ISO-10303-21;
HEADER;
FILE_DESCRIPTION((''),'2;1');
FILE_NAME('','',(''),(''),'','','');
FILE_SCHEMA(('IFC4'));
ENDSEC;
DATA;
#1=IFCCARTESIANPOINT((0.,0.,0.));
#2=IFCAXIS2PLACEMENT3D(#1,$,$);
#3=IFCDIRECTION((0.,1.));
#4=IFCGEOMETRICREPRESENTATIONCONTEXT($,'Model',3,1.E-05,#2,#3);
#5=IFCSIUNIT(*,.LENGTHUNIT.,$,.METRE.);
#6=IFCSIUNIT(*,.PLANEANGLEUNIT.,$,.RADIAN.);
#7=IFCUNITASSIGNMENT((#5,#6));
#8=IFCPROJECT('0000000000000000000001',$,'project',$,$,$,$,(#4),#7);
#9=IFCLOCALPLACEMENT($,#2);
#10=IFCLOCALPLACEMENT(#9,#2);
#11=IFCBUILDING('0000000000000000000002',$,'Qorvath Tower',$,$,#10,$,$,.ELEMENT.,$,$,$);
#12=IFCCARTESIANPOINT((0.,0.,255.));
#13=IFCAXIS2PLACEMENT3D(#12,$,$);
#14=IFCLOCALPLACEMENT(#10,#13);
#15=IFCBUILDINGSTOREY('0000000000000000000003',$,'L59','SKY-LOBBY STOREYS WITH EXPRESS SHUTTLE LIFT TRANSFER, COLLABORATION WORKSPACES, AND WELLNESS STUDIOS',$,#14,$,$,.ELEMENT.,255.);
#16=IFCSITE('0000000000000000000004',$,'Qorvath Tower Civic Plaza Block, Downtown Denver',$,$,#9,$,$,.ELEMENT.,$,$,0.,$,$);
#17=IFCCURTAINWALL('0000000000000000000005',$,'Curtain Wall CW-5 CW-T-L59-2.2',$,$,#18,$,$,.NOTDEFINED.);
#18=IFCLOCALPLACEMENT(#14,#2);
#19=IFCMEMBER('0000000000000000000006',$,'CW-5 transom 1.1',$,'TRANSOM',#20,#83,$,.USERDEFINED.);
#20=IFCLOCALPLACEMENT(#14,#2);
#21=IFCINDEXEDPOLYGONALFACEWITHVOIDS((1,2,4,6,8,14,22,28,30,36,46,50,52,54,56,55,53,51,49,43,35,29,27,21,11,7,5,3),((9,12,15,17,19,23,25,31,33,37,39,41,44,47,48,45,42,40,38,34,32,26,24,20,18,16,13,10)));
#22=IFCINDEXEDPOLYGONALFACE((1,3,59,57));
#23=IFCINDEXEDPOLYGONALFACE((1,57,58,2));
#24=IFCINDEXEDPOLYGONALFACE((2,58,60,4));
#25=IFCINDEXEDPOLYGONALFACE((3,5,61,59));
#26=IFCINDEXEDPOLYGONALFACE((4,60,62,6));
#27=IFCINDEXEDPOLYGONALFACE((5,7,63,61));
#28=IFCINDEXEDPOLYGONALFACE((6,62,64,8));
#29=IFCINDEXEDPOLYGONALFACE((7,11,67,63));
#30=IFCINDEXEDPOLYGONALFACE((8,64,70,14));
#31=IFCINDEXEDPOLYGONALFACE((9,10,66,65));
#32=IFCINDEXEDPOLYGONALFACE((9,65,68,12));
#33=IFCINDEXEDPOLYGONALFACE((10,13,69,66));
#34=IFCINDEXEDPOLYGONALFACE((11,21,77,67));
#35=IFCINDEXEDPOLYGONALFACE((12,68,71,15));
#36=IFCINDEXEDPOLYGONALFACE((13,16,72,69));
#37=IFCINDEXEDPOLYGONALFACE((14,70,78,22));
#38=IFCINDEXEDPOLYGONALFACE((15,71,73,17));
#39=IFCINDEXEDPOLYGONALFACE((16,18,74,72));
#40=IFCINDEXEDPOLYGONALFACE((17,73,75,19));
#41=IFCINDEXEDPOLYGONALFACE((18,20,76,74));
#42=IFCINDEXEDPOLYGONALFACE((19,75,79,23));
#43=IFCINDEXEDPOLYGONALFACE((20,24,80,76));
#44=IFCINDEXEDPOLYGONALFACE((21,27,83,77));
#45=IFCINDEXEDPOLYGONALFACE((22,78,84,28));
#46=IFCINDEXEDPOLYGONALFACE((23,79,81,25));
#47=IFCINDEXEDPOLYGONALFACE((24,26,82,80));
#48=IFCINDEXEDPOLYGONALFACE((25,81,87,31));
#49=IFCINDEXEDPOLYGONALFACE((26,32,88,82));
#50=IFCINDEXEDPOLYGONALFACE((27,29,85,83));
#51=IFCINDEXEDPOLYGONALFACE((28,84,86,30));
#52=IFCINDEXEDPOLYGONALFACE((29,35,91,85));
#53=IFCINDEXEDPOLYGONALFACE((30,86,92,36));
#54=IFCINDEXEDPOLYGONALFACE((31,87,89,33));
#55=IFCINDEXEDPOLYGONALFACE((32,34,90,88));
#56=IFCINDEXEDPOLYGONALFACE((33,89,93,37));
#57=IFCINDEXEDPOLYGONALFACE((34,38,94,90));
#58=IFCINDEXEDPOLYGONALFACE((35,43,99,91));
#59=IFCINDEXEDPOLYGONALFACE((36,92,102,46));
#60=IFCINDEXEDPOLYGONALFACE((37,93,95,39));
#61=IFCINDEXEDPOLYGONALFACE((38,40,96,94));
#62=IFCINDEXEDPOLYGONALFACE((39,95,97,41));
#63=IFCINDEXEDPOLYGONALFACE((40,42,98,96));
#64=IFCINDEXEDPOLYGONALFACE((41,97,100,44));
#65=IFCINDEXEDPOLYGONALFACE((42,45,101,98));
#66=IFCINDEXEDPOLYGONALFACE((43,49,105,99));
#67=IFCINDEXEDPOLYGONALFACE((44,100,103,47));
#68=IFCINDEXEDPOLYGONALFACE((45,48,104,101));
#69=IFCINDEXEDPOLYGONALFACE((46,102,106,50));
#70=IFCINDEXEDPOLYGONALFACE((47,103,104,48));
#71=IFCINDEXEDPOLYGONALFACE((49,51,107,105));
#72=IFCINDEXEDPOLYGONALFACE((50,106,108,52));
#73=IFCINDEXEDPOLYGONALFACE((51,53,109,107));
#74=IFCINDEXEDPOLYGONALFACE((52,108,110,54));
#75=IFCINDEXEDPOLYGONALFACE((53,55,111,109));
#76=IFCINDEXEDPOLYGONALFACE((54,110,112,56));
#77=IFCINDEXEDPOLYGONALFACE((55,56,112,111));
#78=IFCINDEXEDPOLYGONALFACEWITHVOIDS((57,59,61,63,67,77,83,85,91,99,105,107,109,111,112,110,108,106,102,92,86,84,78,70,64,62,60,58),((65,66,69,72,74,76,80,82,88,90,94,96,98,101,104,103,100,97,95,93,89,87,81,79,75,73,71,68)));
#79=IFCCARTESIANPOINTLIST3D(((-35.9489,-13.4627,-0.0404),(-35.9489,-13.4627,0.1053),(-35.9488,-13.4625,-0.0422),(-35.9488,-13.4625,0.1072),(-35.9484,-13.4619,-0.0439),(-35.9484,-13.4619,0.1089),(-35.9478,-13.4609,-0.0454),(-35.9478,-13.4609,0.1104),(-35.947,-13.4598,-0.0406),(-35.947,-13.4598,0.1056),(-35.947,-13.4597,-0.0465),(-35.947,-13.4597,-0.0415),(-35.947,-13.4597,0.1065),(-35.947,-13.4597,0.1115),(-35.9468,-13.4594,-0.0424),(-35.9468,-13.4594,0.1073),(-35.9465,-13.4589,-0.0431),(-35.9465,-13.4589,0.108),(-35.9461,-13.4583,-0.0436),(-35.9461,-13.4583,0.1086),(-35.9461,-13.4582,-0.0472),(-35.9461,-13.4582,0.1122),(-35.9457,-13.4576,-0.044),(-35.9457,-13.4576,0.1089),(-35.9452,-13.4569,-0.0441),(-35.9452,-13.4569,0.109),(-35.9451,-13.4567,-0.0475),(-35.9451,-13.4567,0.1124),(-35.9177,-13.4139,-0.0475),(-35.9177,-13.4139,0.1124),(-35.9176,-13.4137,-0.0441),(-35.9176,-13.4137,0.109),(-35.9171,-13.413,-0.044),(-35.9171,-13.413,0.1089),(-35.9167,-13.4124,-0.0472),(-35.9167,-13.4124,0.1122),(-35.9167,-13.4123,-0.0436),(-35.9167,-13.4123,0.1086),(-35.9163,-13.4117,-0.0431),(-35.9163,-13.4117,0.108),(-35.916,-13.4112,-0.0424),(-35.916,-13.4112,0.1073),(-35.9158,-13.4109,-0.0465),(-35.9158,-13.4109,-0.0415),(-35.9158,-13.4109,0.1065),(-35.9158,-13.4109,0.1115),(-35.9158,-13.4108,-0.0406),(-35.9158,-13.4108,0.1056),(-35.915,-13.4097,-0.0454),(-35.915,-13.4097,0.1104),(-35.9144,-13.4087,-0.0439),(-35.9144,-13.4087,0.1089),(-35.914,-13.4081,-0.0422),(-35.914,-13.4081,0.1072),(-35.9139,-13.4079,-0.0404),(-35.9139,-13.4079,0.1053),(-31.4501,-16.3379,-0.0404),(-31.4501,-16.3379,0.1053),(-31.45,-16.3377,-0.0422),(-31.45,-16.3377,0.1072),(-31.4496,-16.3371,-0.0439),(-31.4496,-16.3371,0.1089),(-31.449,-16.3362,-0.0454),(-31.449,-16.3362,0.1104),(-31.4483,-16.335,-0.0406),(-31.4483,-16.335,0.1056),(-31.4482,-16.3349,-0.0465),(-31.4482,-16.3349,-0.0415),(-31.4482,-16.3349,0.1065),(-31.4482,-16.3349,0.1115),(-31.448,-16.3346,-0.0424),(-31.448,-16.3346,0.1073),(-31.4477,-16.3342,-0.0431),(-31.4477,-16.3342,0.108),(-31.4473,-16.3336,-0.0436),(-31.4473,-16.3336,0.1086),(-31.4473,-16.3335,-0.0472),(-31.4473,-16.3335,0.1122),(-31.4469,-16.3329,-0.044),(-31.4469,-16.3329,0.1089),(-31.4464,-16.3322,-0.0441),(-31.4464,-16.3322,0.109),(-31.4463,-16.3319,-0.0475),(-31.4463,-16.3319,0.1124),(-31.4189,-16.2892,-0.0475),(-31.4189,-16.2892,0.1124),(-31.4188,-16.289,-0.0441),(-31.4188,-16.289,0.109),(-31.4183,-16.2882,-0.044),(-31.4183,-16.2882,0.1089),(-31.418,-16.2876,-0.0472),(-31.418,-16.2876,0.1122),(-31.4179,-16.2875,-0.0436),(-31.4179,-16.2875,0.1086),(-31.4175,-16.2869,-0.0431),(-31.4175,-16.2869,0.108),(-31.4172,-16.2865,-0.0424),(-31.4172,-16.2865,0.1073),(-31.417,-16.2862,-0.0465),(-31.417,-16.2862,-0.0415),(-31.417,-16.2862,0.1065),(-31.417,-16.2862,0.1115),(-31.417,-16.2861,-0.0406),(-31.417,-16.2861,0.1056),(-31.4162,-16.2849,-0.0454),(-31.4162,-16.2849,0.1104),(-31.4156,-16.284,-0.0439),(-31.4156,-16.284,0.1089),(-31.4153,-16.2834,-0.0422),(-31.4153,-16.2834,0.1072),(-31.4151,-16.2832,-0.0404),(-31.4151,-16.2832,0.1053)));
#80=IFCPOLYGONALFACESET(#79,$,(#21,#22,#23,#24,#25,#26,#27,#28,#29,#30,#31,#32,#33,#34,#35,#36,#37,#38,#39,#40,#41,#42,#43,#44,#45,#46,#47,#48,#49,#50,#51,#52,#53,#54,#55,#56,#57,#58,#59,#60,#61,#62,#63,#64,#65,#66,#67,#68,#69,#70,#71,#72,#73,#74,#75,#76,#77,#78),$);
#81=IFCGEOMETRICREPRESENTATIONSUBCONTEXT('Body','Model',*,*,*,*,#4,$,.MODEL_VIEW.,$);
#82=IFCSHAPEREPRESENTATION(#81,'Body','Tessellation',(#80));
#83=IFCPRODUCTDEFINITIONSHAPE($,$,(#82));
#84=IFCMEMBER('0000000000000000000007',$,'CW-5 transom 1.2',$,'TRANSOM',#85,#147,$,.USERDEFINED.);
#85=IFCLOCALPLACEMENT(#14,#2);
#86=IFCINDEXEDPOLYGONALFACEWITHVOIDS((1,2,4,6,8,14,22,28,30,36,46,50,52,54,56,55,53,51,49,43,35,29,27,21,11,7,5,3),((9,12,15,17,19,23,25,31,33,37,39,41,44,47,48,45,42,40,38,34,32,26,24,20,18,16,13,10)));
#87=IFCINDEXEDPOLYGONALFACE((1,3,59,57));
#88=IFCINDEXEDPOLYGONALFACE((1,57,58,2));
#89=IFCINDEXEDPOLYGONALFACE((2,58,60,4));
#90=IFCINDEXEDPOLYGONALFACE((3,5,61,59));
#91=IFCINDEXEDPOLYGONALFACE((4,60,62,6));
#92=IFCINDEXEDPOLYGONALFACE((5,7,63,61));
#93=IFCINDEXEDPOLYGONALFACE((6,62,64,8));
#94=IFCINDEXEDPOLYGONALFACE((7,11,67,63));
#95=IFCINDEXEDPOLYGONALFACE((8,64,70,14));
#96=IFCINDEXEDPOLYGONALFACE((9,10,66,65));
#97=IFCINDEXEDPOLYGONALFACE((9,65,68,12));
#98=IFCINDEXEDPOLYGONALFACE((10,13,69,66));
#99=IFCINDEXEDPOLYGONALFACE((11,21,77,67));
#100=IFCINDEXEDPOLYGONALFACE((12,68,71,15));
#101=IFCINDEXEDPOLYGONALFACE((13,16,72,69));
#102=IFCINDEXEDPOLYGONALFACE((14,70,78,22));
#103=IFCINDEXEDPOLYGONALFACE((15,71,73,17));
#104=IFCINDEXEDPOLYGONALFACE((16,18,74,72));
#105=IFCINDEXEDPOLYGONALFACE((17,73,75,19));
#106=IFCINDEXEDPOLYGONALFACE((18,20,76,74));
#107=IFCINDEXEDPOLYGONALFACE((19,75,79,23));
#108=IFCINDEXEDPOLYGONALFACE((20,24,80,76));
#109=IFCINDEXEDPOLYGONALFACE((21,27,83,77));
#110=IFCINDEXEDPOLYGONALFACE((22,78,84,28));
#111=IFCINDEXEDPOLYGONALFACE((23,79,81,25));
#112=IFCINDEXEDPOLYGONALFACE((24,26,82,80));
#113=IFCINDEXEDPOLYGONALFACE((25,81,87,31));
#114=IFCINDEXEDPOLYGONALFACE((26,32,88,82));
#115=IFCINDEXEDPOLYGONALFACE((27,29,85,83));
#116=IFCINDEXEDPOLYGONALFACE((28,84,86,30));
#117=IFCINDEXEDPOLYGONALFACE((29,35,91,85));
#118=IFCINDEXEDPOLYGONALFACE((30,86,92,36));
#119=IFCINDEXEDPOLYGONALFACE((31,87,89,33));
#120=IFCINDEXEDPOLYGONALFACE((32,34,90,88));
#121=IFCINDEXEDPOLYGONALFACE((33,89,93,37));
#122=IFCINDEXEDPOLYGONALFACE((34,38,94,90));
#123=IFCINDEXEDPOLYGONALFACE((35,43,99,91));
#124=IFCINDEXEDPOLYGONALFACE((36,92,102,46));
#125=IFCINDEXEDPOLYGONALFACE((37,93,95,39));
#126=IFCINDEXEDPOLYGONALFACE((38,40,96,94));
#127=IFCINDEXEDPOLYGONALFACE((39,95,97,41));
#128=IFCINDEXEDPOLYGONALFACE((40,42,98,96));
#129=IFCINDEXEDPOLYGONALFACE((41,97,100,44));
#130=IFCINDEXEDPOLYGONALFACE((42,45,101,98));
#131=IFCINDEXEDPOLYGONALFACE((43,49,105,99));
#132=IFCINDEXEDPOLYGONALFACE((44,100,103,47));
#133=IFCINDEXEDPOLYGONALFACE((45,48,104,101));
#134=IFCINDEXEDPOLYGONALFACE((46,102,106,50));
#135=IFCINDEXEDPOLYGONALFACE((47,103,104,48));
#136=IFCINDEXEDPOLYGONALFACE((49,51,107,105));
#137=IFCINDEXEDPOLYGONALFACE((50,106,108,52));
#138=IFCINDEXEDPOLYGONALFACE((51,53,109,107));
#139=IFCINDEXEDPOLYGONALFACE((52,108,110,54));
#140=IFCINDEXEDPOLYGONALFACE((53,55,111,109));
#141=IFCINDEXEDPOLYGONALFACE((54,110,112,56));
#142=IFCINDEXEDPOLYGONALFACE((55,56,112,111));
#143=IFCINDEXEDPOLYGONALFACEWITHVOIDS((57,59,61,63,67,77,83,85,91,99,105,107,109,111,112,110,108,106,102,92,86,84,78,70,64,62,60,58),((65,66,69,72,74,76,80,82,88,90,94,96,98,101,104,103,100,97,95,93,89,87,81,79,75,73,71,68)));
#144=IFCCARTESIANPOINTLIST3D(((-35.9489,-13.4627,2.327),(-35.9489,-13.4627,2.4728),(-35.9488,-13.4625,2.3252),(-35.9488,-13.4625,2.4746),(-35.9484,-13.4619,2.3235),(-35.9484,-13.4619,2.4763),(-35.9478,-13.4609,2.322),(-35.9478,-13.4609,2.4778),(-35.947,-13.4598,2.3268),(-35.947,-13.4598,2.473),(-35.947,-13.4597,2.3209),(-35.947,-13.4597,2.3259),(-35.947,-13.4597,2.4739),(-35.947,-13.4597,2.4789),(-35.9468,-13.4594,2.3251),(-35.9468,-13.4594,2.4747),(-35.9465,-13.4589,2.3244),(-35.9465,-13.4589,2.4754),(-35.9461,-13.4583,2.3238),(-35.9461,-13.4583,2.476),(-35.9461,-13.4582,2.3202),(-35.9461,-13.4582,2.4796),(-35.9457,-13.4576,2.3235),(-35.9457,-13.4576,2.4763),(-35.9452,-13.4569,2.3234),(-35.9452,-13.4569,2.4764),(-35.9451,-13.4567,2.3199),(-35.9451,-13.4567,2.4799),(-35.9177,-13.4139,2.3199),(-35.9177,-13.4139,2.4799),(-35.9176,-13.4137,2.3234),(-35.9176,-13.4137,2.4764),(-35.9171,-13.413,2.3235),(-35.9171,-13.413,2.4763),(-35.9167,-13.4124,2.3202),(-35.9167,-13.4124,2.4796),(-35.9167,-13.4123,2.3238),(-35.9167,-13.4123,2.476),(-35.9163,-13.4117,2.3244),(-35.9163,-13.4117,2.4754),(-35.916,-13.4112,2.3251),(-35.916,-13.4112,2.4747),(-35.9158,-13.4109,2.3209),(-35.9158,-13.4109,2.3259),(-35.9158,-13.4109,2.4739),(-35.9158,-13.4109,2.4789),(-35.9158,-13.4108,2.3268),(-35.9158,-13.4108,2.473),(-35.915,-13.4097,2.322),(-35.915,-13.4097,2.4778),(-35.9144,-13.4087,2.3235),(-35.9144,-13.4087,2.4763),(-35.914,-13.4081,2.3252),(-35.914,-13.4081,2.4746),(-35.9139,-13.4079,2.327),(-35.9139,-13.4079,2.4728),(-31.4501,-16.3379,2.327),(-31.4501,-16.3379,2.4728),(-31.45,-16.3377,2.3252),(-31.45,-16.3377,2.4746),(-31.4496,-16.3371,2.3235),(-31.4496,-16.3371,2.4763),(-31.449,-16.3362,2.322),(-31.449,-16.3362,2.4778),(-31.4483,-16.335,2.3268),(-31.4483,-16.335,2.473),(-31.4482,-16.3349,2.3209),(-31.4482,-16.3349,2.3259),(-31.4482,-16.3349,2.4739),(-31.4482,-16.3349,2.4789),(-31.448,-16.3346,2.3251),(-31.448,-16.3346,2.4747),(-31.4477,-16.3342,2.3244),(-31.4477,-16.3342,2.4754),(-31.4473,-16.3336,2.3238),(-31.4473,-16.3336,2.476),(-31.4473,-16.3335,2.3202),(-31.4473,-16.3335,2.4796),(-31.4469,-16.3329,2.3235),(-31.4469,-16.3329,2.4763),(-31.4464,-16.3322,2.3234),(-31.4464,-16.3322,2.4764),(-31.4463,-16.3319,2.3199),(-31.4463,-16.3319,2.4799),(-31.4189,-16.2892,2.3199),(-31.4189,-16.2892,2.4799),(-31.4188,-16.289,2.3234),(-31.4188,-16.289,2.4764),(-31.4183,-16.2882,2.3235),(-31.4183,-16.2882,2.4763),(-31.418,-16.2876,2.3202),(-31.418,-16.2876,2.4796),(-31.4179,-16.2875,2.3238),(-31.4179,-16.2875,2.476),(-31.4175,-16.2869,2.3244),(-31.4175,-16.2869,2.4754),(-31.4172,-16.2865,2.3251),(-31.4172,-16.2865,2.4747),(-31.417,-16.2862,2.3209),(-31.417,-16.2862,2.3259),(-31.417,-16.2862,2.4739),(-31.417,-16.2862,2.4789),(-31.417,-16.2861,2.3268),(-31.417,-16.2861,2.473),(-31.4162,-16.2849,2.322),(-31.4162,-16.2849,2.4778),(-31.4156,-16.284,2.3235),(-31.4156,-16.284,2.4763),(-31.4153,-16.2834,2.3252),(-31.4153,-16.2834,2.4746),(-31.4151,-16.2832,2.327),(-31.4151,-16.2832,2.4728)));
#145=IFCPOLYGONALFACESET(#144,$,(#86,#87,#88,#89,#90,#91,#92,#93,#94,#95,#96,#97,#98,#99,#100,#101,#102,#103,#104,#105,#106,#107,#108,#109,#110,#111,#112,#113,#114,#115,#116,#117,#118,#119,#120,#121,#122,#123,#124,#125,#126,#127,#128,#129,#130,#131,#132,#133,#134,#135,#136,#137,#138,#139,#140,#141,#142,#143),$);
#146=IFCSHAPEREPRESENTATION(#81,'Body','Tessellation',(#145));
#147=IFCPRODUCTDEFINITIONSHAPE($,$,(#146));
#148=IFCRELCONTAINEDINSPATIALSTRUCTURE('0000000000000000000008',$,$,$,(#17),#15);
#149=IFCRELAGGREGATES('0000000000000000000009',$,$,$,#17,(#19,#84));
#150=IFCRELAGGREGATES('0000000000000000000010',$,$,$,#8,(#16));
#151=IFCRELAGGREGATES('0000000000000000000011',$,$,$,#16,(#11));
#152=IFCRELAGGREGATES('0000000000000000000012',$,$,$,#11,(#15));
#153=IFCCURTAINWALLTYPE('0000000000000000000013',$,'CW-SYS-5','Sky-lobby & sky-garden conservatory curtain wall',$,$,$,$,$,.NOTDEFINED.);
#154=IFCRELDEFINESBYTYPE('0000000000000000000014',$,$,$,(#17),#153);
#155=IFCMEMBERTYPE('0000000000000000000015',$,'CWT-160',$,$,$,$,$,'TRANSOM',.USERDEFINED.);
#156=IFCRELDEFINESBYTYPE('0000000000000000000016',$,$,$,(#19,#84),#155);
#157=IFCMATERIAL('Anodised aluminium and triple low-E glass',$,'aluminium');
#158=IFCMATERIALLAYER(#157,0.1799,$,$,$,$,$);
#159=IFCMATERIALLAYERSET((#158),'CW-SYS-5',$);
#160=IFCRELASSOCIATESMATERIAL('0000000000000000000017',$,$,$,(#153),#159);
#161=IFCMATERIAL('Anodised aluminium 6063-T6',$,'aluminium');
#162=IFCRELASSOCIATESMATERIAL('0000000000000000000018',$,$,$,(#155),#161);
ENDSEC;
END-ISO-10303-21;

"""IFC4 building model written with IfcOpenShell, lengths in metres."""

from ifc_helpers import new_model, si_unit, direction, frame, origin, origin_2d, place, context, subcontext, project, spatial, hollow_rectangle, extrude, material, layer, layer_set, material_profile, profile_set, type_object, element, aggregate, save


model = new_model("IFC4")

# Units and contexts
model_context = context("Model", 3, precision=1e-05, world=origin(), true_north=direction((0.0, 1.0)))
body_context = subcontext(model_context, "Body", "Model", "MODEL_VIEW")
ifc_project = project(units=[si_unit("LENGTHUNIT", "METRE"), si_unit("PLANEANGLEUNIT", "RADIAN")], contexts=[model_context])

# Site, building, storey
site_placement = place(None, origin())
site = spatial("IfcSite", under=ifc_project, at=site_placement, Name="Qorvath Tower Civic Plaza Block, Downtown Denver", CompositionType="ELEMENT", RefElevation=0.0)
building_placement = place(site_placement, origin())
building = spatial("IfcBuilding", under=site, at=building_placement, Name="Qorvath Tower", CompositionType="ELEMENT")
storey_placement = place(building_placement, frame((0.0, 0.0, 255.0)))
storey = spatial("IfcBuildingStorey", under=building, at=storey_placement, Name="L59", Description="SKY-LOBBY STOREYS WITH EXPRESS SHUTTLE LIFT TRANSFER, COLLABORATION WORKSPACES, AND WELLNESS STUDIOS", CompositionType="ELEMENT", Elevation=255.0)

# Curtain wall, members
ifc_material_1 = material(Name="Anodised aluminium and triple low-E glass", Category="aluminium")
ifc_layer_1 = layer(ifc_material_1, 0.1799)
ifc_layer_set_1 = layer_set([ifc_layer_1], Name="CW-SYS-5")
curtain_wall_type = type_object("IfcCurtainWallType", Name="CW-SYS-5", Description="Sky-lobby & sky-garden conservatory curtain wall", PredefinedType="NOTDEFINED", material=ifc_layer_set_1)
curtain_wall_placement = place(storey_placement, origin())
curtain_wall = element("IfcCurtainWall", 1, at=curtain_wall_placement, inside=storey, type_object=curtain_wall_type, Name="Curtain Wall CW-5 CW-T-L59-2.2", PredefinedType="NOTDEFINED")
ifc_material_2 = material(Name="Anodised aluminium 6063-T6", Category="aluminium")
ifc_material_profile_1 = material_profile(ifc_material_2, hollow_rectangle(XDim=0.0649, YDim=0.1599, WallThickness=0.0034, InnerFilletRadius=0.0034, OuterFilletRadius=0.0071, at=origin_2d()), Name="CWT 160x65")
ifc_profile_set_1 = profile_set([ifc_material_profile_1], Name="Anodised aluminium 6063-T6")
member_type_1 = type_object("IfcMemberType", Name="CWT-160", ElementType="TRANSOM", PredefinedType="USERDEFINED", material=ifc_profile_set_1)
member_1_placement = place(storey_placement, frame((-35.9314, -13.4353, 0.0325), z_axis=(0.842609, -0.538525, 0.0), x_axis=(0.538525, 0.842609, 0.0)))
member_1 = element("IfcMember", 2, at=member_1_placement, type_object=member_type_1, Name="CW-5 transom 1.1", ObjectType="TRANSOM", PredefinedType="USERDEFINED", context=body_context, shape_type="SweptSolid", body=[
    extrude(hollow_rectangle(XDim=0.0649, YDim=0.1599, WallThickness=0.0034, InnerFilletRadius=0.0034, OuterFilletRadius=0.0071, at=origin_2d()), origin(), (0.0, 0.0, 1.0), 5.3391),
])
member_2_placement = place(storey_placement, frame((-35.9314, -13.4353, 2.3999), z_axis=(0.842609, -0.538525, 0.0), x_axis=(0.538525, 0.842609, 0.0)))
member_2 = element("IfcMember", 3, at=member_2_placement, type_object=member_type_1, Name="CW-5 transom 1.2", ObjectType="TRANSOM", PredefinedType="USERDEFINED", context=body_context, shape_type="SweptSolid", body=[
    extrude(hollow_rectangle(XDim=0.0649, YDim=0.1599, WallThickness=0.0034, InnerFilletRadius=0.0034, OuterFilletRadius=0.0071, at=origin_2d()), origin(), (0.0, 0.0, 1.0), 5.3391),
])
aggregate(curtain_wall, [member_1, member_2])

save(model, "model.ifc")
